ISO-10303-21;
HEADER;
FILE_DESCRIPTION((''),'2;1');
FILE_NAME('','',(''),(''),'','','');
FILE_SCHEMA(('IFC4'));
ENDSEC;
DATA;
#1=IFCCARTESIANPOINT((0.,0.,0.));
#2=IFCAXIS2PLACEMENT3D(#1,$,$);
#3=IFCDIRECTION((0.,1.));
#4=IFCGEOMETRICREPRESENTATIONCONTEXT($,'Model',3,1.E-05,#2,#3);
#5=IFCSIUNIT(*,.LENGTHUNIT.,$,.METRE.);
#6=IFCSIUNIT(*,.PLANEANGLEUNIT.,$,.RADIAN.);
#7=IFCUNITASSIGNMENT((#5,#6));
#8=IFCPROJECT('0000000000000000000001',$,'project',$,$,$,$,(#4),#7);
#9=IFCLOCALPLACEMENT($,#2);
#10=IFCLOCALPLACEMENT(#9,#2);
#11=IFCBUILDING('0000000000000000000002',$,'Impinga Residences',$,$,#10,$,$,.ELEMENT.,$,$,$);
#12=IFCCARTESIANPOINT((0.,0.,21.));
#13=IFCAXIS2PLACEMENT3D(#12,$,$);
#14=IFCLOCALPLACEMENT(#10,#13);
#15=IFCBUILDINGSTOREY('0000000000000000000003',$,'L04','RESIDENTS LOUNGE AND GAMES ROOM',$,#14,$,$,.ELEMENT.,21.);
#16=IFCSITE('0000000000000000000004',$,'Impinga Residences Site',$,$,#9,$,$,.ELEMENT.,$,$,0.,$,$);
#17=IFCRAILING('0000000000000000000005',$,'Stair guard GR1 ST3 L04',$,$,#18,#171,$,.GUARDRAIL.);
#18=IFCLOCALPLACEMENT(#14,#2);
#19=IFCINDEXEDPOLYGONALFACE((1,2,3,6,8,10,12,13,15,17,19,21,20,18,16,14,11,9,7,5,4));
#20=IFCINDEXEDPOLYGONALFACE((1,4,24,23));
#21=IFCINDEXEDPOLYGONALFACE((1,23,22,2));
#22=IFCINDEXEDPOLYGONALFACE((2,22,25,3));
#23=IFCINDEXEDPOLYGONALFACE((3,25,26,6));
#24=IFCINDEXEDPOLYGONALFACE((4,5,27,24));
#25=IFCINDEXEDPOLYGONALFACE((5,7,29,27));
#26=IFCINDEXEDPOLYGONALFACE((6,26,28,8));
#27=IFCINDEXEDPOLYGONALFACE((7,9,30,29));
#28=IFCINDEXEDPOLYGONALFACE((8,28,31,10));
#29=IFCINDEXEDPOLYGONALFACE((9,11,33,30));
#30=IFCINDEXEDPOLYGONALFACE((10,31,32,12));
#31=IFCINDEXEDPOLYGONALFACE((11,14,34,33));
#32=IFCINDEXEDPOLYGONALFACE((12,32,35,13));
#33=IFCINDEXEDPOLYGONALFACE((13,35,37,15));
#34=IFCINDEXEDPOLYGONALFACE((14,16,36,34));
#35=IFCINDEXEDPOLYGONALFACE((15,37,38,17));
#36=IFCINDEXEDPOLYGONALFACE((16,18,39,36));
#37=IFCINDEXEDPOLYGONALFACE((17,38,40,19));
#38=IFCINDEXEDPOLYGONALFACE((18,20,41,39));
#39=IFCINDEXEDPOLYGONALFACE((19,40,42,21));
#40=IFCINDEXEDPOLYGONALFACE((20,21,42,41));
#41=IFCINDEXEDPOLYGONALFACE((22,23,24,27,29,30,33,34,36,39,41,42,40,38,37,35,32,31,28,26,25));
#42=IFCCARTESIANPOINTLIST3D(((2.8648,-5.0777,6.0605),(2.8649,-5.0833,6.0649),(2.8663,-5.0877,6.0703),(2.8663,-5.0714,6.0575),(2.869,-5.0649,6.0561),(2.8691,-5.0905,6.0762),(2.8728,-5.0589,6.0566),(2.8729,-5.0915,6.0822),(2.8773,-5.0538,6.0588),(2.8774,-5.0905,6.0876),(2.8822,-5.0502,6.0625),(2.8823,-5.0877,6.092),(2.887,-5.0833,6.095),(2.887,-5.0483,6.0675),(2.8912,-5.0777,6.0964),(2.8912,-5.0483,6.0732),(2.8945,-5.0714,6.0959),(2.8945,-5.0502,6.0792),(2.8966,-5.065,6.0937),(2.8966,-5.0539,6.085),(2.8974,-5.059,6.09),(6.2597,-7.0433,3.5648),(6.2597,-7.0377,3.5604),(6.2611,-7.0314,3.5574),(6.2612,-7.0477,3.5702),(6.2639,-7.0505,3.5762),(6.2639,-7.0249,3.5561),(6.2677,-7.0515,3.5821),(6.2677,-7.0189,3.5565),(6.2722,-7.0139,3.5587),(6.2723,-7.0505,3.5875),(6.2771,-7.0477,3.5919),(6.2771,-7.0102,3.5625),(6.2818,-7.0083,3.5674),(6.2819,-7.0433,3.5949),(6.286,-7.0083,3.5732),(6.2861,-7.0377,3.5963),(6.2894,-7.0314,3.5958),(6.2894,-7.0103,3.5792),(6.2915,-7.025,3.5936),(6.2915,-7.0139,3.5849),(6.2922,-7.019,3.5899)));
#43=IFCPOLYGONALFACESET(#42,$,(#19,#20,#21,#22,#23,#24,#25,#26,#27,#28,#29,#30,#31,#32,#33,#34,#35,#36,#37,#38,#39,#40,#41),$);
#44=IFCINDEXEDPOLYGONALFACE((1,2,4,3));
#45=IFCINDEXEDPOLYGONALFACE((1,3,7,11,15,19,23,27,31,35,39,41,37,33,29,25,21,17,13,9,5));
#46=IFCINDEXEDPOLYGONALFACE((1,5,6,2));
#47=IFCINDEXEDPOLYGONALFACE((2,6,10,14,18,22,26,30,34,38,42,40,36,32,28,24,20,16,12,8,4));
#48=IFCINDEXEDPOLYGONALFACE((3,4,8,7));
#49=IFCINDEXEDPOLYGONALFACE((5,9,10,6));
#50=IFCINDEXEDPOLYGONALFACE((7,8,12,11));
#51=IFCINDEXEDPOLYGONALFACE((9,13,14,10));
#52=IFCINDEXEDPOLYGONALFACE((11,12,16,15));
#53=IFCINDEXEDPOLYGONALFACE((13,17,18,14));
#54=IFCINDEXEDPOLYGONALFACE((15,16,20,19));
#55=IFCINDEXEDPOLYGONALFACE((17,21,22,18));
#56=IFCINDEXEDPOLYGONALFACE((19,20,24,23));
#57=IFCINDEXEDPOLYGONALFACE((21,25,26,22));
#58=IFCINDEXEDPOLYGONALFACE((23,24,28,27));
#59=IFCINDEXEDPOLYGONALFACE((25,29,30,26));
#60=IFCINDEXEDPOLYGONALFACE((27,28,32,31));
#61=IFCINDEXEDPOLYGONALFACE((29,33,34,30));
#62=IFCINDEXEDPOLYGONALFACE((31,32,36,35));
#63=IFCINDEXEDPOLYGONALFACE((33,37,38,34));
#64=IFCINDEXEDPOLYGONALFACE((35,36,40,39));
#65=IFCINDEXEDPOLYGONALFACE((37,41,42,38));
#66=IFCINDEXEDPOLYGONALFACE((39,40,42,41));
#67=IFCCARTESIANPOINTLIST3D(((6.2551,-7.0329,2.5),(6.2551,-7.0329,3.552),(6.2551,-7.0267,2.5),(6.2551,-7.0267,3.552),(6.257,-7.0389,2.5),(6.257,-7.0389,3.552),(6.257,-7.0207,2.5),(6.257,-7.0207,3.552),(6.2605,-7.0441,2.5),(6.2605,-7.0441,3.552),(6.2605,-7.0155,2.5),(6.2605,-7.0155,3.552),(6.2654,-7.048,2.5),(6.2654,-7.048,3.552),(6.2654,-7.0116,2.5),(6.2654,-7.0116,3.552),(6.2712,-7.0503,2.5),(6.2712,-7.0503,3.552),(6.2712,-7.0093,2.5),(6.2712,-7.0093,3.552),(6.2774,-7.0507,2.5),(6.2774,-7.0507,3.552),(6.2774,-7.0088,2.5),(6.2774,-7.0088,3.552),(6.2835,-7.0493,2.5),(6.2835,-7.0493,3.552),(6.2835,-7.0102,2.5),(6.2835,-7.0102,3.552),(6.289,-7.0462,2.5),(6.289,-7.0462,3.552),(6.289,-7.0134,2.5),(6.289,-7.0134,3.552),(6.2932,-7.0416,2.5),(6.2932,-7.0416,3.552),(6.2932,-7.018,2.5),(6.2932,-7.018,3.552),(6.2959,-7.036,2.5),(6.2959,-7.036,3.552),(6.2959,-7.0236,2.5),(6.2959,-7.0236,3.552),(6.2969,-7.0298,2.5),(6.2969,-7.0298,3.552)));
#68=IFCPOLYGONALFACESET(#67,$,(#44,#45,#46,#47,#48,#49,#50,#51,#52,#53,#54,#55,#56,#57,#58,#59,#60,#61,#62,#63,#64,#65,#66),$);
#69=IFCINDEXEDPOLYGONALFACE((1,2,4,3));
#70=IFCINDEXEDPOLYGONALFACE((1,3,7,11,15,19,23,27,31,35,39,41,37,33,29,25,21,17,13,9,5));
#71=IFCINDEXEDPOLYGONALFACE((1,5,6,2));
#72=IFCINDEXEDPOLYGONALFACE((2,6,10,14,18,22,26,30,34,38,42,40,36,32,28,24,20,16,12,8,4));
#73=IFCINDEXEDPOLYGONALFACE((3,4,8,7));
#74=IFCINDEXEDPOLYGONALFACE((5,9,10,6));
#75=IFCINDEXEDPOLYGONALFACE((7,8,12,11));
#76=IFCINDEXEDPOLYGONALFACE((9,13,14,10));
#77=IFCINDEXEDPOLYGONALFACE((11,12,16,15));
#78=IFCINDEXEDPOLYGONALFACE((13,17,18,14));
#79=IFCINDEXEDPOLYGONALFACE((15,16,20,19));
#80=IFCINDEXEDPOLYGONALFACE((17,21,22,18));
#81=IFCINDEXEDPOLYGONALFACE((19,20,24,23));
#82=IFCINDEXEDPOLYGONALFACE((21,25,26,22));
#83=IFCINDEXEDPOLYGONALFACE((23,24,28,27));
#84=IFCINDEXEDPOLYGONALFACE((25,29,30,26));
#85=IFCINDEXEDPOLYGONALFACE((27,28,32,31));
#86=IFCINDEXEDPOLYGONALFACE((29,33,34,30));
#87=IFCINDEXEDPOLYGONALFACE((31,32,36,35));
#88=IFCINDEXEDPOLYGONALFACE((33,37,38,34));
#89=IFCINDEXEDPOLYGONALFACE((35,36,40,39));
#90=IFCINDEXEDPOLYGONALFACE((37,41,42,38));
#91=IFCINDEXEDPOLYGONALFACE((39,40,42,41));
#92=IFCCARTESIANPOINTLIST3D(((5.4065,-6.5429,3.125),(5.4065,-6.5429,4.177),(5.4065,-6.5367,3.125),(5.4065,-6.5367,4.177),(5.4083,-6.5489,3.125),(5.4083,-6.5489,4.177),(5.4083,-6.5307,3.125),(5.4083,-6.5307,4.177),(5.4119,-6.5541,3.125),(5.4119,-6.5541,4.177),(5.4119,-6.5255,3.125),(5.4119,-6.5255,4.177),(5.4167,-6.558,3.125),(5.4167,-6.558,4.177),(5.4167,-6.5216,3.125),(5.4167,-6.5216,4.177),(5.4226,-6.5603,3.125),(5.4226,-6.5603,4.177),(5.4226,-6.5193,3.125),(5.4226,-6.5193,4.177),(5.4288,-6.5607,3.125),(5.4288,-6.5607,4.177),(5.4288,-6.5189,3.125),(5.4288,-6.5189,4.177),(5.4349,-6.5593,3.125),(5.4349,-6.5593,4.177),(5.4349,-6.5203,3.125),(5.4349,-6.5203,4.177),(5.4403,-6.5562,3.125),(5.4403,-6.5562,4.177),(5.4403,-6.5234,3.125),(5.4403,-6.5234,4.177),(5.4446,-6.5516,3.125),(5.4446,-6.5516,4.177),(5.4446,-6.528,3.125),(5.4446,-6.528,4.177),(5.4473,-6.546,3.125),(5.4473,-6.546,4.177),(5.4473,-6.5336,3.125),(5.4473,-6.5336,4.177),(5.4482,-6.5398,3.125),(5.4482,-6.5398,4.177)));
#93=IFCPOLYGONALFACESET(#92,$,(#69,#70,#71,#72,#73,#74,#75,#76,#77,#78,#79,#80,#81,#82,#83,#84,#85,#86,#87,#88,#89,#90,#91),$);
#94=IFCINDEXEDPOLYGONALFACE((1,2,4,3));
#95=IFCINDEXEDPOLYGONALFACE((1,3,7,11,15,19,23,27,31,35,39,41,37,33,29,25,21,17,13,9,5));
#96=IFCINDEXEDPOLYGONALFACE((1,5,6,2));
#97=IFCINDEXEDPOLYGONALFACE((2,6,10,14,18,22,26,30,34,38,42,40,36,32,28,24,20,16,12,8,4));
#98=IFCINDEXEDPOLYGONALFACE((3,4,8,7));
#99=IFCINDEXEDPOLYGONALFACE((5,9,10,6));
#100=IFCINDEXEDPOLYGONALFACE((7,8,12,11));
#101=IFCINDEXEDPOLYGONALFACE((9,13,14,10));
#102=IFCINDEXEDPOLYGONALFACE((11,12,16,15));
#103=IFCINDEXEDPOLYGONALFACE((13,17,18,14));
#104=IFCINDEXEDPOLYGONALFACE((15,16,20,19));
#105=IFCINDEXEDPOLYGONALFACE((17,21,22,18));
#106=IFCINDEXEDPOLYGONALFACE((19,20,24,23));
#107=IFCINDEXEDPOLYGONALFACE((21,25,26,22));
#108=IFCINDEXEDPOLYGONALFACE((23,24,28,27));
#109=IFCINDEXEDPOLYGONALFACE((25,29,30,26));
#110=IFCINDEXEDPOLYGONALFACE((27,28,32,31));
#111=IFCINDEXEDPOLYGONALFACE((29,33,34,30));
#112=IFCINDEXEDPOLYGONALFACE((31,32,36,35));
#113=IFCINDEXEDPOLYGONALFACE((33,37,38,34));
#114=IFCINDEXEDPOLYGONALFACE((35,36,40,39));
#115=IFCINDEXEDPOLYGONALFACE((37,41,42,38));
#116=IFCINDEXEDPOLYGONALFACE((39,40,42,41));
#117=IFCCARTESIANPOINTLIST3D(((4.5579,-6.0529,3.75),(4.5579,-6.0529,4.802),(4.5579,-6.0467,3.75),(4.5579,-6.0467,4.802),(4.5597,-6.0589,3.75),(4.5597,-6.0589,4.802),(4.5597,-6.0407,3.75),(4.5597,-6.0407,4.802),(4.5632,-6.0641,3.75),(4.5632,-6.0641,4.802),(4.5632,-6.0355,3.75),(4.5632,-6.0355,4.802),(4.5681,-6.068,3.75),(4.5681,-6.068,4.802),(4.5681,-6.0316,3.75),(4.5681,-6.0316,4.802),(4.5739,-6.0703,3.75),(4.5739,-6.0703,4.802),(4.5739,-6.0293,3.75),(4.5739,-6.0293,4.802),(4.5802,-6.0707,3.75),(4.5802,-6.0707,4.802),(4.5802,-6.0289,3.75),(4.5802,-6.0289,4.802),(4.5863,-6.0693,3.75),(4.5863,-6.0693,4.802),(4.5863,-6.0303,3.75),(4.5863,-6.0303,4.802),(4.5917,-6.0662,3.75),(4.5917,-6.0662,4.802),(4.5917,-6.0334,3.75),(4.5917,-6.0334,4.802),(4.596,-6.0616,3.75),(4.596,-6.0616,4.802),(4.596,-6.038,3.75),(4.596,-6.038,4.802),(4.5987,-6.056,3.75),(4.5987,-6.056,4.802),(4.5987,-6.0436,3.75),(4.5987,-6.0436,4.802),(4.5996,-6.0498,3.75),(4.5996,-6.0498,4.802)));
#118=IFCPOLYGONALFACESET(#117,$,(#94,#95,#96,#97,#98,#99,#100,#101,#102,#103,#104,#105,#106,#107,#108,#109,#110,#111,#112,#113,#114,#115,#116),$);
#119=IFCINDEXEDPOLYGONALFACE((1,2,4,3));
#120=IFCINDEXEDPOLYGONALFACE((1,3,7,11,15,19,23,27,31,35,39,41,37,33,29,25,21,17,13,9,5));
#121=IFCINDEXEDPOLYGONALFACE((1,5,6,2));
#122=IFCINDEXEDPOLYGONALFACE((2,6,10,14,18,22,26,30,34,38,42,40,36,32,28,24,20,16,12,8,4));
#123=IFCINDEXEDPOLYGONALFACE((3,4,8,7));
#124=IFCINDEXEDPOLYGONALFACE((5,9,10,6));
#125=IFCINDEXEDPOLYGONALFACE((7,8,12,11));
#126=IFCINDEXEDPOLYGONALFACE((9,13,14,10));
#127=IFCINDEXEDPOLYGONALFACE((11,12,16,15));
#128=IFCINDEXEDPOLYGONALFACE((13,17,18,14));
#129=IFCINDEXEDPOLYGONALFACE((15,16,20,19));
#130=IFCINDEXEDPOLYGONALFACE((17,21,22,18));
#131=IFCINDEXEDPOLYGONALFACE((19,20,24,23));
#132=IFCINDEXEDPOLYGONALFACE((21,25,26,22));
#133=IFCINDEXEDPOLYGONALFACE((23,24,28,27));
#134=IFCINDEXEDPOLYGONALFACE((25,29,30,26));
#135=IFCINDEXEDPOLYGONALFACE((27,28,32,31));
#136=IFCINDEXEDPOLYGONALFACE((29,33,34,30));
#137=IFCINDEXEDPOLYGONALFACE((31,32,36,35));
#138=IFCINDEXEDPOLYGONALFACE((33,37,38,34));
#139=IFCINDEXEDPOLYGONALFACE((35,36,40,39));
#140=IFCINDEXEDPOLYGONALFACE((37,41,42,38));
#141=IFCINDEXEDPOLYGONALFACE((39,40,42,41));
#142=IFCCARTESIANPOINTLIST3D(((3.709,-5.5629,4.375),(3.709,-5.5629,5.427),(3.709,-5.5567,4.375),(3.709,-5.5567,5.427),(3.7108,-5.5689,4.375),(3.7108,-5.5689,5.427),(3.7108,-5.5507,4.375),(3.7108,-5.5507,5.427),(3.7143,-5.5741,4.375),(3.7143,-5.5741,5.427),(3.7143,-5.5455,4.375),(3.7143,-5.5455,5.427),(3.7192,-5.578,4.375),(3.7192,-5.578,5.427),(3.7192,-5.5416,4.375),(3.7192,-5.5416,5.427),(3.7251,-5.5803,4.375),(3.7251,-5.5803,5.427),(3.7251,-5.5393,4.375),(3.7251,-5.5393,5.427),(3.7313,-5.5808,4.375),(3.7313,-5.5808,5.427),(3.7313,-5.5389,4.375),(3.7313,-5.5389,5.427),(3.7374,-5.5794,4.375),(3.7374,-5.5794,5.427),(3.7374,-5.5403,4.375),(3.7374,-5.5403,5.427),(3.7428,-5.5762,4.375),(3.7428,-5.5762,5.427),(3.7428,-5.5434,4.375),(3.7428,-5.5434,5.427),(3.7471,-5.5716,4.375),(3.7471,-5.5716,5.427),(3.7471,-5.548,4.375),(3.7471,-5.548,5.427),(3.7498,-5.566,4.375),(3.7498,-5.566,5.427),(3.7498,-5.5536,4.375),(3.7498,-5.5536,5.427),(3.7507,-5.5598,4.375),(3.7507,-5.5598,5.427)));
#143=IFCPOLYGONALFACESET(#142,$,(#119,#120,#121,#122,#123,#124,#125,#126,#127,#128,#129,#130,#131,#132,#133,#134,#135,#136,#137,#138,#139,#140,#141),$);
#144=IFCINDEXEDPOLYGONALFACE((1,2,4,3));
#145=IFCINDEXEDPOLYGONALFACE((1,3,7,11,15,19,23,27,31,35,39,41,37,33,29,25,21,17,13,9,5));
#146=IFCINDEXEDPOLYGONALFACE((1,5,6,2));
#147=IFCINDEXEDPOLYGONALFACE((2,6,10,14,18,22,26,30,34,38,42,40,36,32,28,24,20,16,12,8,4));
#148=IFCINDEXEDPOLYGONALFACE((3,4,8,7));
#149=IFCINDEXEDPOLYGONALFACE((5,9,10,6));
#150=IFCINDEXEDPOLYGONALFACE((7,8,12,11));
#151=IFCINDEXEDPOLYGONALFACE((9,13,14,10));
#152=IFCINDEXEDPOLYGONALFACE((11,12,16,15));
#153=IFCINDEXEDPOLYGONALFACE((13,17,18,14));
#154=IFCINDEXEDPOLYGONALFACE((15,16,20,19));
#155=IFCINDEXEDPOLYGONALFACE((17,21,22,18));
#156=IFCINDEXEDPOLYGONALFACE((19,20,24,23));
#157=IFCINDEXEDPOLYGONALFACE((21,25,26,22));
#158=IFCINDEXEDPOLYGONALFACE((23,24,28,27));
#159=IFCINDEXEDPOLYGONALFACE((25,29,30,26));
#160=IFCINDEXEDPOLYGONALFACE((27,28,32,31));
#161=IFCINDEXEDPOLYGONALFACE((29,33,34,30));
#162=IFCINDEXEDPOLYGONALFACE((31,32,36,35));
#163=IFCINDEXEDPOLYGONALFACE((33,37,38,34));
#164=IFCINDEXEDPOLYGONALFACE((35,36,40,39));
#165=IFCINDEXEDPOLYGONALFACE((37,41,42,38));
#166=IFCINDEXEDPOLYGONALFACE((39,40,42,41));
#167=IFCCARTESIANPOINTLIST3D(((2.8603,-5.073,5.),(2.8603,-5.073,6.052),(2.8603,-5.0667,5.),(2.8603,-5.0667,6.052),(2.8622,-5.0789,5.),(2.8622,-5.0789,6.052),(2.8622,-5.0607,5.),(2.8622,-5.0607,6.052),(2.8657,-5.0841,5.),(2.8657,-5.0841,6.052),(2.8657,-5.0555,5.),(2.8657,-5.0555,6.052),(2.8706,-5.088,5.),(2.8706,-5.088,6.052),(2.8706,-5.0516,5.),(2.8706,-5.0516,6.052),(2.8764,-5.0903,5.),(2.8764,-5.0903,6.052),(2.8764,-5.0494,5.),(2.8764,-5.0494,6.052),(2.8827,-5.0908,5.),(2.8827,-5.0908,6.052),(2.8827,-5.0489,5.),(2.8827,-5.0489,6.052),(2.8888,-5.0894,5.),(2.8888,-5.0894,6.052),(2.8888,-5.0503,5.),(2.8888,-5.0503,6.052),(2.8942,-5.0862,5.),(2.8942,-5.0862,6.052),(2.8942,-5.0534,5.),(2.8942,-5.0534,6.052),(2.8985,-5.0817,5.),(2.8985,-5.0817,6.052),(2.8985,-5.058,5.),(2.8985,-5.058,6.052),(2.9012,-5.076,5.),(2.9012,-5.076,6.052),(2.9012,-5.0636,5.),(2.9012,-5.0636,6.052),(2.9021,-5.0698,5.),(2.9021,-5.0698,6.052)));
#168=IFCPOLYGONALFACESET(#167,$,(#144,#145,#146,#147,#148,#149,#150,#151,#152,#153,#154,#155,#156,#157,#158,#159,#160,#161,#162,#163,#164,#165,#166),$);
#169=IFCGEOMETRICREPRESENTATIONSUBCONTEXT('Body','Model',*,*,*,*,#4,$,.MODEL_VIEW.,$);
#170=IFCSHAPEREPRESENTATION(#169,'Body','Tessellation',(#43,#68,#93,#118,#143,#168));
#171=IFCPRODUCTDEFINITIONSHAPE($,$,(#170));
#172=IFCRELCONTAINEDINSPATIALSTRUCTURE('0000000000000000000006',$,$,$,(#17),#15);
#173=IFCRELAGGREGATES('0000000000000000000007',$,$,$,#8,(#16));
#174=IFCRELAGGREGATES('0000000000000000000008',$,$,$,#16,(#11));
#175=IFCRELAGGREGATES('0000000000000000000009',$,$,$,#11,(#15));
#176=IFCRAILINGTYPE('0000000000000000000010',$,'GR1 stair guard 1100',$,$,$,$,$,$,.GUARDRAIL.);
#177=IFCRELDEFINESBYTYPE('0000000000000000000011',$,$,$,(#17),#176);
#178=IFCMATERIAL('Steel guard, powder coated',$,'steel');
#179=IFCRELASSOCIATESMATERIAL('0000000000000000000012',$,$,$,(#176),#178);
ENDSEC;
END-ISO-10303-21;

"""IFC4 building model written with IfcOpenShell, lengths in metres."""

from ifc_helpers import new_model, si_unit, direction, frame, origin, origin_2d, place, context, subcontext, project, spatial, circle, extrude, material, type_object, element, save


model = new_model("IFC4")

# Units and contexts
model_context = context("Model", 3, precision=1e-05, world=origin(), true_north=direction((0.0, 1.0)))
body_context = subcontext(model_context, "Body", "Model", "MODEL_VIEW")
ifc_project = project(units=[si_unit("LENGTHUNIT", "METRE"), si_unit("PLANEANGLEUNIT", "RADIAN")], contexts=[model_context])

# Site, building, storey
site_placement = place(None, origin())
site = spatial("IfcSite", under=ifc_project, at=site_placement, Name="Impinga Residences Site", CompositionType="ELEMENT", RefElevation=0.0)
building_placement = place(site_placement, origin())
building = spatial("IfcBuilding", under=site, at=building_placement, Name="Impinga Residences", CompositionType="ELEMENT")
storey_placement = place(building_placement, frame((0.0, 0.0, 21.0)))
storey = spatial("IfcBuildingStorey", under=building, at=storey_placement, Name="L04", Description="RESIDENTS LOUNGE AND GAMES ROOM", CompositionType="ELEMENT", Elevation=21.0)

# Railing
ifc_material_1 = material(Name="Steel guard, powder coated", Category="steel")
railing_type_1 = type_object("IfcRailingType", Name="GR1 stair guard 1100", PredefinedType="GUARDRAIL", material=ifc_material_1)
railing_1_placement = place(storey_placement, frame((6.2759, -7.0298, 2.5)))
element("IfcRailing", 1, at=railing_1_placement, inside=storey, type_object=railing_type_1, Name="Stair guard GR1 ST3 L04", PredefinedType="GUARDRAIL", context=body_context, shape_type="SweptSolid", body=[
    extrude(circle(Radius=0.0239, at=origin_2d()), frame((0.0, 0.0, 1.0762), z_axis=(-0.73017, 0.421561, 0.537716), x_axis=(-0.499997, -0.866027, 0.0)), (0.0, 0.0, 1.0), 4.6494),
    extrude(circle(Radius=0.021, at=origin_2d()), origin(), (0.0, 0.0, 1.0), 1.052),
    extrude(circle(Radius=0.021, at=origin_2d()), frame((-0.8486, 0.49, 0.625)), (0.0, 0.0, 1.0), 1.052),
    extrude(circle(Radius=0.021, at=origin_2d()), frame((-1.6973, 0.98, 1.25)), (0.0, 0.0, 1.0), 1.052),
    extrude(circle(Radius=0.021, at=origin_2d()), frame((-2.5461, 1.47, 1.875)), (0.0, 0.0, 1.0), 1.052),
    extrude(circle(Radius=0.021, at=origin_2d()), frame((-3.3948, 1.96, 2.5)), (0.0, 0.0, 1.0), 1.052),
])

save(model, "model.ifc")
